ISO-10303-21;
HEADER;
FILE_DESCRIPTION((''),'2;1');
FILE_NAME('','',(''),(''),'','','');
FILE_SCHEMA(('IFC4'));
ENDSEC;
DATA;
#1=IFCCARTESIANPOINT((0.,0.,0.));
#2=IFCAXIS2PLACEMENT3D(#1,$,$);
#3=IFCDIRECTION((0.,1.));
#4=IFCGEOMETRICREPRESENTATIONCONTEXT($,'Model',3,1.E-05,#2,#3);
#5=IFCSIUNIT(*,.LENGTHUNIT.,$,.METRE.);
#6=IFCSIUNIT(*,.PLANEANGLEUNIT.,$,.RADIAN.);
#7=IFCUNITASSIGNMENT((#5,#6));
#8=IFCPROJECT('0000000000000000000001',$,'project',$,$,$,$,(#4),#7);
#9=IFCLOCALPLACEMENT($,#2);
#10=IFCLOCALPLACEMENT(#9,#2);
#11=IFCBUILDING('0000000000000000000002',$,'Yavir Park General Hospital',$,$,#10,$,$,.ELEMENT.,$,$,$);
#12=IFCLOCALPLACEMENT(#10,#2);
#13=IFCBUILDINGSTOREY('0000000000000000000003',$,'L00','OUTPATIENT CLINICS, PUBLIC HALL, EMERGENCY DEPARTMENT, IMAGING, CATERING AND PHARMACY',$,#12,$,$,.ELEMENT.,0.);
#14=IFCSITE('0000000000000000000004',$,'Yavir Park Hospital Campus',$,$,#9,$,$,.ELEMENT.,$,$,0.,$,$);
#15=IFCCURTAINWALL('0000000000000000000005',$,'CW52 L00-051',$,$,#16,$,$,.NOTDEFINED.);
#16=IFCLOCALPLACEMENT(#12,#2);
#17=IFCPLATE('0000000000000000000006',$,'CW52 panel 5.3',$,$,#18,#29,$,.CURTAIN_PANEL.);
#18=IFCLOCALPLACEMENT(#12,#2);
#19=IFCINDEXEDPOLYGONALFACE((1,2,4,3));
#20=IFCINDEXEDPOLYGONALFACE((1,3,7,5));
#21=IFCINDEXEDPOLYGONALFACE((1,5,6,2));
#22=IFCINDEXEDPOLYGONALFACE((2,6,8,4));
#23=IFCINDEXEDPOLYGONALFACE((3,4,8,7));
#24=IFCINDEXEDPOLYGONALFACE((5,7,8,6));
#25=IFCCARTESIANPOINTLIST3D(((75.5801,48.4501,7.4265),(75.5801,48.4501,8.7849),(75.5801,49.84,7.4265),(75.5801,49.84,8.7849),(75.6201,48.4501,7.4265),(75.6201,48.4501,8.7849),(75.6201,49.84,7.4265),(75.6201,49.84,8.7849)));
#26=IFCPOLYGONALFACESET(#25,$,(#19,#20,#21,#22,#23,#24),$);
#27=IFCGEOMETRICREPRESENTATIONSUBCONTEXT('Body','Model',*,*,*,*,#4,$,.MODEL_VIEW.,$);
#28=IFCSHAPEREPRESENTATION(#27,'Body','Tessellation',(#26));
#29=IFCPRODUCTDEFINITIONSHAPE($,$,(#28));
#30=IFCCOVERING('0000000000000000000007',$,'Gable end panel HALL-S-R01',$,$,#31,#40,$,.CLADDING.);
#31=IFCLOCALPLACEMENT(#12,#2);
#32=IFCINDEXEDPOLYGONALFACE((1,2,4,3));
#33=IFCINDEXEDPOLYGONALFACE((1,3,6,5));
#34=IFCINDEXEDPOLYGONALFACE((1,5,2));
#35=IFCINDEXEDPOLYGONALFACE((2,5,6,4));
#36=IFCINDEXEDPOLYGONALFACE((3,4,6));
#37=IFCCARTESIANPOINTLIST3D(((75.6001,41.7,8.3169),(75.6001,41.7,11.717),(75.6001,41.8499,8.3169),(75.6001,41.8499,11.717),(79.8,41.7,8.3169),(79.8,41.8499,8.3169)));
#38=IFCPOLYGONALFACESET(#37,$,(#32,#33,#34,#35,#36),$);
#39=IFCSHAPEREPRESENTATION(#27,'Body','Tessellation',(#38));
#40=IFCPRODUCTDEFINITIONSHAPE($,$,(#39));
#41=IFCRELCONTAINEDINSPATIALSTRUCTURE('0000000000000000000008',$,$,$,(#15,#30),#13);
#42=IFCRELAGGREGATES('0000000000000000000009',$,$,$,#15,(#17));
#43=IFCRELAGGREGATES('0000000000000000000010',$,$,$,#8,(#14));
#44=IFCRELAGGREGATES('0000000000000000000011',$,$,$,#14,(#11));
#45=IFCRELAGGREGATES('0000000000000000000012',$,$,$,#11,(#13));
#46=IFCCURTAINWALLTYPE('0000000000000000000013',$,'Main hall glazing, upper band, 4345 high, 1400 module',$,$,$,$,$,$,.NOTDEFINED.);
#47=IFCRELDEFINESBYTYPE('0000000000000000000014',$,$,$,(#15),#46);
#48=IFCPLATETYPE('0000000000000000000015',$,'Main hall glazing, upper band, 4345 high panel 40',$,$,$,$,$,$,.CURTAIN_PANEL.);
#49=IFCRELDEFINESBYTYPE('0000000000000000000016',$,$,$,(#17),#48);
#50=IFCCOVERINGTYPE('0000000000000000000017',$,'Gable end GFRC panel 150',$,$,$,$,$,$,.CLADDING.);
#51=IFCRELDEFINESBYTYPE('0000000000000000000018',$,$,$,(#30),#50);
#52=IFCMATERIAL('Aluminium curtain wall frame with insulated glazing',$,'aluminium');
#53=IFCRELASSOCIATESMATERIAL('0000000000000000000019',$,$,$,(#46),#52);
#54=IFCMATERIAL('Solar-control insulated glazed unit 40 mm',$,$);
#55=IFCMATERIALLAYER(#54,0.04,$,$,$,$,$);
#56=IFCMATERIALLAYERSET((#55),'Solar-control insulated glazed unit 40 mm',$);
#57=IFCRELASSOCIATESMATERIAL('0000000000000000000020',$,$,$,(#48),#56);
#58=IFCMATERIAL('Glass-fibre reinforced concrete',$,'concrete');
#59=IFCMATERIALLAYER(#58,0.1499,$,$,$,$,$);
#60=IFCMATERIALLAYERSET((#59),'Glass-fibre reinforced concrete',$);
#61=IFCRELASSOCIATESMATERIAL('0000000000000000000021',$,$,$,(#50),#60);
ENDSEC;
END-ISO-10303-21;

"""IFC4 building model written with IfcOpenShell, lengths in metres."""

from ifc_helpers import new_model, si_unit, direction, frame, origin, origin_2d, place, context, subcontext, project, spatial, polyline, rectangle, outline, extrude, material, layer, layer_set, type_object, element, aggregate, save


model = new_model("IFC4")

# Units and contexts
model_context = context("Model", 3, precision=1e-05, world=origin(), true_north=direction((0.0, 1.0)))
body_context = subcontext(model_context, "Body", "Model", "MODEL_VIEW")
ifc_project = project(units=[si_unit("LENGTHUNIT", "METRE"), si_unit("PLANEANGLEUNIT", "RADIAN")], contexts=[model_context])

# Site, building, storey
site_placement = place(None, origin())
site = spatial("IfcSite", under=ifc_project, at=site_placement, Name="Yavir Park Hospital Campus", CompositionType="ELEMENT", RefElevation=0.0)
building_placement = place(site_placement, origin())
building = spatial("IfcBuilding", under=site, at=building_placement, Name="Yavir Park General Hospital", CompositionType="ELEMENT")
storey_placement = place(building_placement, origin())
storey = spatial("IfcBuildingStorey", under=building, at=storey_placement, Name="L00", Description="OUTPATIENT CLINICS, PUBLIC HALL, EMERGENCY DEPARTMENT, IMAGING, CATERING AND PHARMACY", CompositionType="ELEMENT", Elevation=0.0)

# Curtain wall, plate
ifc_material_1 = material(Name="Aluminium curtain wall frame with insulated glazing", Category="aluminium")
curtain_wall_type = type_object("IfcCurtainWallType", Name="Main hall glazing, upper band, 4345 high, 1400 module", PredefinedType="NOTDEFINED", material=ifc_material_1)
curtain_wall_placement = place(storey_placement, origin())
curtain_wall = element("IfcCurtainWall", 1, at=curtain_wall_placement, inside=storey, type_object=curtain_wall_type, Name="CW52 L00-051", PredefinedType="NOTDEFINED")
ifc_material_2 = material(Name="Solar-control insulated glazed unit 40 mm")
ifc_layer_1 = layer(ifc_material_2, 0.04)
ifc_layer_set_1 = layer_set([ifc_layer_1], Name="Solar-control insulated glazed unit 40 mm")
plate_type = type_object("IfcPlateType", Name="Main hall glazing, upper band, 4345 high panel 40", PredefinedType="CURTAIN_PANEL", material=ifc_layer_set_1)
plate_1_placement = place(storey_placement, frame((75.6001, 49.145, 7.4265), z_axis=(0.0, 0.0, 1.0), x_axis=(0.0, 1.0, 0.0)))
plate_1 = element("IfcPlate", 2, at=plate_1_placement, type_object=plate_type, Name="CW52 panel 5.3", PredefinedType="CURTAIN_PANEL", context=body_context, shape_type="SweptSolid", body=[
    extrude(rectangle(XDim=1.3899, YDim=0.04, at=origin_2d()), origin(), (0.0, 0.0, 1.0), 1.3584),
])
aggregate(curtain_wall, [plate_1])

# Covering
ifc_material_3 = material(Name="Glass-fibre reinforced concrete", Category="concrete")
ifc_layer_2 = layer(ifc_material_3, 0.1499)
ifc_layer_set_2 = layer_set([ifc_layer_2], Name="Glass-fibre reinforced concrete")
covering_type = type_object("IfcCoveringType", Name="Gable end GFRC panel 150", PredefinedType="CLADDING", material=ifc_layer_set_2)
covering_placement = place(storey_placement, frame((75.6001, 41.7, 8.3169), z_axis=(0.0, -1.0, 0.0), x_axis=(1.0, 0.0, 0.0)))
element("IfcCovering", 3, at=covering_placement, inside=storey, type_object=covering_type, Name="Gable end panel HALL-S-R01", PredefinedType="CLADDING", context=body_context, shape_type="SweptSolid", body=[
    extrude(outline(polyline([(0.0, 0.0), (4.2, 0.0), (0.0, 3.4001), (0.0, 0.0)])), origin(), (0.0, 0.0, -1.0), 0.1499),
])

save(model, "model.ifc")
